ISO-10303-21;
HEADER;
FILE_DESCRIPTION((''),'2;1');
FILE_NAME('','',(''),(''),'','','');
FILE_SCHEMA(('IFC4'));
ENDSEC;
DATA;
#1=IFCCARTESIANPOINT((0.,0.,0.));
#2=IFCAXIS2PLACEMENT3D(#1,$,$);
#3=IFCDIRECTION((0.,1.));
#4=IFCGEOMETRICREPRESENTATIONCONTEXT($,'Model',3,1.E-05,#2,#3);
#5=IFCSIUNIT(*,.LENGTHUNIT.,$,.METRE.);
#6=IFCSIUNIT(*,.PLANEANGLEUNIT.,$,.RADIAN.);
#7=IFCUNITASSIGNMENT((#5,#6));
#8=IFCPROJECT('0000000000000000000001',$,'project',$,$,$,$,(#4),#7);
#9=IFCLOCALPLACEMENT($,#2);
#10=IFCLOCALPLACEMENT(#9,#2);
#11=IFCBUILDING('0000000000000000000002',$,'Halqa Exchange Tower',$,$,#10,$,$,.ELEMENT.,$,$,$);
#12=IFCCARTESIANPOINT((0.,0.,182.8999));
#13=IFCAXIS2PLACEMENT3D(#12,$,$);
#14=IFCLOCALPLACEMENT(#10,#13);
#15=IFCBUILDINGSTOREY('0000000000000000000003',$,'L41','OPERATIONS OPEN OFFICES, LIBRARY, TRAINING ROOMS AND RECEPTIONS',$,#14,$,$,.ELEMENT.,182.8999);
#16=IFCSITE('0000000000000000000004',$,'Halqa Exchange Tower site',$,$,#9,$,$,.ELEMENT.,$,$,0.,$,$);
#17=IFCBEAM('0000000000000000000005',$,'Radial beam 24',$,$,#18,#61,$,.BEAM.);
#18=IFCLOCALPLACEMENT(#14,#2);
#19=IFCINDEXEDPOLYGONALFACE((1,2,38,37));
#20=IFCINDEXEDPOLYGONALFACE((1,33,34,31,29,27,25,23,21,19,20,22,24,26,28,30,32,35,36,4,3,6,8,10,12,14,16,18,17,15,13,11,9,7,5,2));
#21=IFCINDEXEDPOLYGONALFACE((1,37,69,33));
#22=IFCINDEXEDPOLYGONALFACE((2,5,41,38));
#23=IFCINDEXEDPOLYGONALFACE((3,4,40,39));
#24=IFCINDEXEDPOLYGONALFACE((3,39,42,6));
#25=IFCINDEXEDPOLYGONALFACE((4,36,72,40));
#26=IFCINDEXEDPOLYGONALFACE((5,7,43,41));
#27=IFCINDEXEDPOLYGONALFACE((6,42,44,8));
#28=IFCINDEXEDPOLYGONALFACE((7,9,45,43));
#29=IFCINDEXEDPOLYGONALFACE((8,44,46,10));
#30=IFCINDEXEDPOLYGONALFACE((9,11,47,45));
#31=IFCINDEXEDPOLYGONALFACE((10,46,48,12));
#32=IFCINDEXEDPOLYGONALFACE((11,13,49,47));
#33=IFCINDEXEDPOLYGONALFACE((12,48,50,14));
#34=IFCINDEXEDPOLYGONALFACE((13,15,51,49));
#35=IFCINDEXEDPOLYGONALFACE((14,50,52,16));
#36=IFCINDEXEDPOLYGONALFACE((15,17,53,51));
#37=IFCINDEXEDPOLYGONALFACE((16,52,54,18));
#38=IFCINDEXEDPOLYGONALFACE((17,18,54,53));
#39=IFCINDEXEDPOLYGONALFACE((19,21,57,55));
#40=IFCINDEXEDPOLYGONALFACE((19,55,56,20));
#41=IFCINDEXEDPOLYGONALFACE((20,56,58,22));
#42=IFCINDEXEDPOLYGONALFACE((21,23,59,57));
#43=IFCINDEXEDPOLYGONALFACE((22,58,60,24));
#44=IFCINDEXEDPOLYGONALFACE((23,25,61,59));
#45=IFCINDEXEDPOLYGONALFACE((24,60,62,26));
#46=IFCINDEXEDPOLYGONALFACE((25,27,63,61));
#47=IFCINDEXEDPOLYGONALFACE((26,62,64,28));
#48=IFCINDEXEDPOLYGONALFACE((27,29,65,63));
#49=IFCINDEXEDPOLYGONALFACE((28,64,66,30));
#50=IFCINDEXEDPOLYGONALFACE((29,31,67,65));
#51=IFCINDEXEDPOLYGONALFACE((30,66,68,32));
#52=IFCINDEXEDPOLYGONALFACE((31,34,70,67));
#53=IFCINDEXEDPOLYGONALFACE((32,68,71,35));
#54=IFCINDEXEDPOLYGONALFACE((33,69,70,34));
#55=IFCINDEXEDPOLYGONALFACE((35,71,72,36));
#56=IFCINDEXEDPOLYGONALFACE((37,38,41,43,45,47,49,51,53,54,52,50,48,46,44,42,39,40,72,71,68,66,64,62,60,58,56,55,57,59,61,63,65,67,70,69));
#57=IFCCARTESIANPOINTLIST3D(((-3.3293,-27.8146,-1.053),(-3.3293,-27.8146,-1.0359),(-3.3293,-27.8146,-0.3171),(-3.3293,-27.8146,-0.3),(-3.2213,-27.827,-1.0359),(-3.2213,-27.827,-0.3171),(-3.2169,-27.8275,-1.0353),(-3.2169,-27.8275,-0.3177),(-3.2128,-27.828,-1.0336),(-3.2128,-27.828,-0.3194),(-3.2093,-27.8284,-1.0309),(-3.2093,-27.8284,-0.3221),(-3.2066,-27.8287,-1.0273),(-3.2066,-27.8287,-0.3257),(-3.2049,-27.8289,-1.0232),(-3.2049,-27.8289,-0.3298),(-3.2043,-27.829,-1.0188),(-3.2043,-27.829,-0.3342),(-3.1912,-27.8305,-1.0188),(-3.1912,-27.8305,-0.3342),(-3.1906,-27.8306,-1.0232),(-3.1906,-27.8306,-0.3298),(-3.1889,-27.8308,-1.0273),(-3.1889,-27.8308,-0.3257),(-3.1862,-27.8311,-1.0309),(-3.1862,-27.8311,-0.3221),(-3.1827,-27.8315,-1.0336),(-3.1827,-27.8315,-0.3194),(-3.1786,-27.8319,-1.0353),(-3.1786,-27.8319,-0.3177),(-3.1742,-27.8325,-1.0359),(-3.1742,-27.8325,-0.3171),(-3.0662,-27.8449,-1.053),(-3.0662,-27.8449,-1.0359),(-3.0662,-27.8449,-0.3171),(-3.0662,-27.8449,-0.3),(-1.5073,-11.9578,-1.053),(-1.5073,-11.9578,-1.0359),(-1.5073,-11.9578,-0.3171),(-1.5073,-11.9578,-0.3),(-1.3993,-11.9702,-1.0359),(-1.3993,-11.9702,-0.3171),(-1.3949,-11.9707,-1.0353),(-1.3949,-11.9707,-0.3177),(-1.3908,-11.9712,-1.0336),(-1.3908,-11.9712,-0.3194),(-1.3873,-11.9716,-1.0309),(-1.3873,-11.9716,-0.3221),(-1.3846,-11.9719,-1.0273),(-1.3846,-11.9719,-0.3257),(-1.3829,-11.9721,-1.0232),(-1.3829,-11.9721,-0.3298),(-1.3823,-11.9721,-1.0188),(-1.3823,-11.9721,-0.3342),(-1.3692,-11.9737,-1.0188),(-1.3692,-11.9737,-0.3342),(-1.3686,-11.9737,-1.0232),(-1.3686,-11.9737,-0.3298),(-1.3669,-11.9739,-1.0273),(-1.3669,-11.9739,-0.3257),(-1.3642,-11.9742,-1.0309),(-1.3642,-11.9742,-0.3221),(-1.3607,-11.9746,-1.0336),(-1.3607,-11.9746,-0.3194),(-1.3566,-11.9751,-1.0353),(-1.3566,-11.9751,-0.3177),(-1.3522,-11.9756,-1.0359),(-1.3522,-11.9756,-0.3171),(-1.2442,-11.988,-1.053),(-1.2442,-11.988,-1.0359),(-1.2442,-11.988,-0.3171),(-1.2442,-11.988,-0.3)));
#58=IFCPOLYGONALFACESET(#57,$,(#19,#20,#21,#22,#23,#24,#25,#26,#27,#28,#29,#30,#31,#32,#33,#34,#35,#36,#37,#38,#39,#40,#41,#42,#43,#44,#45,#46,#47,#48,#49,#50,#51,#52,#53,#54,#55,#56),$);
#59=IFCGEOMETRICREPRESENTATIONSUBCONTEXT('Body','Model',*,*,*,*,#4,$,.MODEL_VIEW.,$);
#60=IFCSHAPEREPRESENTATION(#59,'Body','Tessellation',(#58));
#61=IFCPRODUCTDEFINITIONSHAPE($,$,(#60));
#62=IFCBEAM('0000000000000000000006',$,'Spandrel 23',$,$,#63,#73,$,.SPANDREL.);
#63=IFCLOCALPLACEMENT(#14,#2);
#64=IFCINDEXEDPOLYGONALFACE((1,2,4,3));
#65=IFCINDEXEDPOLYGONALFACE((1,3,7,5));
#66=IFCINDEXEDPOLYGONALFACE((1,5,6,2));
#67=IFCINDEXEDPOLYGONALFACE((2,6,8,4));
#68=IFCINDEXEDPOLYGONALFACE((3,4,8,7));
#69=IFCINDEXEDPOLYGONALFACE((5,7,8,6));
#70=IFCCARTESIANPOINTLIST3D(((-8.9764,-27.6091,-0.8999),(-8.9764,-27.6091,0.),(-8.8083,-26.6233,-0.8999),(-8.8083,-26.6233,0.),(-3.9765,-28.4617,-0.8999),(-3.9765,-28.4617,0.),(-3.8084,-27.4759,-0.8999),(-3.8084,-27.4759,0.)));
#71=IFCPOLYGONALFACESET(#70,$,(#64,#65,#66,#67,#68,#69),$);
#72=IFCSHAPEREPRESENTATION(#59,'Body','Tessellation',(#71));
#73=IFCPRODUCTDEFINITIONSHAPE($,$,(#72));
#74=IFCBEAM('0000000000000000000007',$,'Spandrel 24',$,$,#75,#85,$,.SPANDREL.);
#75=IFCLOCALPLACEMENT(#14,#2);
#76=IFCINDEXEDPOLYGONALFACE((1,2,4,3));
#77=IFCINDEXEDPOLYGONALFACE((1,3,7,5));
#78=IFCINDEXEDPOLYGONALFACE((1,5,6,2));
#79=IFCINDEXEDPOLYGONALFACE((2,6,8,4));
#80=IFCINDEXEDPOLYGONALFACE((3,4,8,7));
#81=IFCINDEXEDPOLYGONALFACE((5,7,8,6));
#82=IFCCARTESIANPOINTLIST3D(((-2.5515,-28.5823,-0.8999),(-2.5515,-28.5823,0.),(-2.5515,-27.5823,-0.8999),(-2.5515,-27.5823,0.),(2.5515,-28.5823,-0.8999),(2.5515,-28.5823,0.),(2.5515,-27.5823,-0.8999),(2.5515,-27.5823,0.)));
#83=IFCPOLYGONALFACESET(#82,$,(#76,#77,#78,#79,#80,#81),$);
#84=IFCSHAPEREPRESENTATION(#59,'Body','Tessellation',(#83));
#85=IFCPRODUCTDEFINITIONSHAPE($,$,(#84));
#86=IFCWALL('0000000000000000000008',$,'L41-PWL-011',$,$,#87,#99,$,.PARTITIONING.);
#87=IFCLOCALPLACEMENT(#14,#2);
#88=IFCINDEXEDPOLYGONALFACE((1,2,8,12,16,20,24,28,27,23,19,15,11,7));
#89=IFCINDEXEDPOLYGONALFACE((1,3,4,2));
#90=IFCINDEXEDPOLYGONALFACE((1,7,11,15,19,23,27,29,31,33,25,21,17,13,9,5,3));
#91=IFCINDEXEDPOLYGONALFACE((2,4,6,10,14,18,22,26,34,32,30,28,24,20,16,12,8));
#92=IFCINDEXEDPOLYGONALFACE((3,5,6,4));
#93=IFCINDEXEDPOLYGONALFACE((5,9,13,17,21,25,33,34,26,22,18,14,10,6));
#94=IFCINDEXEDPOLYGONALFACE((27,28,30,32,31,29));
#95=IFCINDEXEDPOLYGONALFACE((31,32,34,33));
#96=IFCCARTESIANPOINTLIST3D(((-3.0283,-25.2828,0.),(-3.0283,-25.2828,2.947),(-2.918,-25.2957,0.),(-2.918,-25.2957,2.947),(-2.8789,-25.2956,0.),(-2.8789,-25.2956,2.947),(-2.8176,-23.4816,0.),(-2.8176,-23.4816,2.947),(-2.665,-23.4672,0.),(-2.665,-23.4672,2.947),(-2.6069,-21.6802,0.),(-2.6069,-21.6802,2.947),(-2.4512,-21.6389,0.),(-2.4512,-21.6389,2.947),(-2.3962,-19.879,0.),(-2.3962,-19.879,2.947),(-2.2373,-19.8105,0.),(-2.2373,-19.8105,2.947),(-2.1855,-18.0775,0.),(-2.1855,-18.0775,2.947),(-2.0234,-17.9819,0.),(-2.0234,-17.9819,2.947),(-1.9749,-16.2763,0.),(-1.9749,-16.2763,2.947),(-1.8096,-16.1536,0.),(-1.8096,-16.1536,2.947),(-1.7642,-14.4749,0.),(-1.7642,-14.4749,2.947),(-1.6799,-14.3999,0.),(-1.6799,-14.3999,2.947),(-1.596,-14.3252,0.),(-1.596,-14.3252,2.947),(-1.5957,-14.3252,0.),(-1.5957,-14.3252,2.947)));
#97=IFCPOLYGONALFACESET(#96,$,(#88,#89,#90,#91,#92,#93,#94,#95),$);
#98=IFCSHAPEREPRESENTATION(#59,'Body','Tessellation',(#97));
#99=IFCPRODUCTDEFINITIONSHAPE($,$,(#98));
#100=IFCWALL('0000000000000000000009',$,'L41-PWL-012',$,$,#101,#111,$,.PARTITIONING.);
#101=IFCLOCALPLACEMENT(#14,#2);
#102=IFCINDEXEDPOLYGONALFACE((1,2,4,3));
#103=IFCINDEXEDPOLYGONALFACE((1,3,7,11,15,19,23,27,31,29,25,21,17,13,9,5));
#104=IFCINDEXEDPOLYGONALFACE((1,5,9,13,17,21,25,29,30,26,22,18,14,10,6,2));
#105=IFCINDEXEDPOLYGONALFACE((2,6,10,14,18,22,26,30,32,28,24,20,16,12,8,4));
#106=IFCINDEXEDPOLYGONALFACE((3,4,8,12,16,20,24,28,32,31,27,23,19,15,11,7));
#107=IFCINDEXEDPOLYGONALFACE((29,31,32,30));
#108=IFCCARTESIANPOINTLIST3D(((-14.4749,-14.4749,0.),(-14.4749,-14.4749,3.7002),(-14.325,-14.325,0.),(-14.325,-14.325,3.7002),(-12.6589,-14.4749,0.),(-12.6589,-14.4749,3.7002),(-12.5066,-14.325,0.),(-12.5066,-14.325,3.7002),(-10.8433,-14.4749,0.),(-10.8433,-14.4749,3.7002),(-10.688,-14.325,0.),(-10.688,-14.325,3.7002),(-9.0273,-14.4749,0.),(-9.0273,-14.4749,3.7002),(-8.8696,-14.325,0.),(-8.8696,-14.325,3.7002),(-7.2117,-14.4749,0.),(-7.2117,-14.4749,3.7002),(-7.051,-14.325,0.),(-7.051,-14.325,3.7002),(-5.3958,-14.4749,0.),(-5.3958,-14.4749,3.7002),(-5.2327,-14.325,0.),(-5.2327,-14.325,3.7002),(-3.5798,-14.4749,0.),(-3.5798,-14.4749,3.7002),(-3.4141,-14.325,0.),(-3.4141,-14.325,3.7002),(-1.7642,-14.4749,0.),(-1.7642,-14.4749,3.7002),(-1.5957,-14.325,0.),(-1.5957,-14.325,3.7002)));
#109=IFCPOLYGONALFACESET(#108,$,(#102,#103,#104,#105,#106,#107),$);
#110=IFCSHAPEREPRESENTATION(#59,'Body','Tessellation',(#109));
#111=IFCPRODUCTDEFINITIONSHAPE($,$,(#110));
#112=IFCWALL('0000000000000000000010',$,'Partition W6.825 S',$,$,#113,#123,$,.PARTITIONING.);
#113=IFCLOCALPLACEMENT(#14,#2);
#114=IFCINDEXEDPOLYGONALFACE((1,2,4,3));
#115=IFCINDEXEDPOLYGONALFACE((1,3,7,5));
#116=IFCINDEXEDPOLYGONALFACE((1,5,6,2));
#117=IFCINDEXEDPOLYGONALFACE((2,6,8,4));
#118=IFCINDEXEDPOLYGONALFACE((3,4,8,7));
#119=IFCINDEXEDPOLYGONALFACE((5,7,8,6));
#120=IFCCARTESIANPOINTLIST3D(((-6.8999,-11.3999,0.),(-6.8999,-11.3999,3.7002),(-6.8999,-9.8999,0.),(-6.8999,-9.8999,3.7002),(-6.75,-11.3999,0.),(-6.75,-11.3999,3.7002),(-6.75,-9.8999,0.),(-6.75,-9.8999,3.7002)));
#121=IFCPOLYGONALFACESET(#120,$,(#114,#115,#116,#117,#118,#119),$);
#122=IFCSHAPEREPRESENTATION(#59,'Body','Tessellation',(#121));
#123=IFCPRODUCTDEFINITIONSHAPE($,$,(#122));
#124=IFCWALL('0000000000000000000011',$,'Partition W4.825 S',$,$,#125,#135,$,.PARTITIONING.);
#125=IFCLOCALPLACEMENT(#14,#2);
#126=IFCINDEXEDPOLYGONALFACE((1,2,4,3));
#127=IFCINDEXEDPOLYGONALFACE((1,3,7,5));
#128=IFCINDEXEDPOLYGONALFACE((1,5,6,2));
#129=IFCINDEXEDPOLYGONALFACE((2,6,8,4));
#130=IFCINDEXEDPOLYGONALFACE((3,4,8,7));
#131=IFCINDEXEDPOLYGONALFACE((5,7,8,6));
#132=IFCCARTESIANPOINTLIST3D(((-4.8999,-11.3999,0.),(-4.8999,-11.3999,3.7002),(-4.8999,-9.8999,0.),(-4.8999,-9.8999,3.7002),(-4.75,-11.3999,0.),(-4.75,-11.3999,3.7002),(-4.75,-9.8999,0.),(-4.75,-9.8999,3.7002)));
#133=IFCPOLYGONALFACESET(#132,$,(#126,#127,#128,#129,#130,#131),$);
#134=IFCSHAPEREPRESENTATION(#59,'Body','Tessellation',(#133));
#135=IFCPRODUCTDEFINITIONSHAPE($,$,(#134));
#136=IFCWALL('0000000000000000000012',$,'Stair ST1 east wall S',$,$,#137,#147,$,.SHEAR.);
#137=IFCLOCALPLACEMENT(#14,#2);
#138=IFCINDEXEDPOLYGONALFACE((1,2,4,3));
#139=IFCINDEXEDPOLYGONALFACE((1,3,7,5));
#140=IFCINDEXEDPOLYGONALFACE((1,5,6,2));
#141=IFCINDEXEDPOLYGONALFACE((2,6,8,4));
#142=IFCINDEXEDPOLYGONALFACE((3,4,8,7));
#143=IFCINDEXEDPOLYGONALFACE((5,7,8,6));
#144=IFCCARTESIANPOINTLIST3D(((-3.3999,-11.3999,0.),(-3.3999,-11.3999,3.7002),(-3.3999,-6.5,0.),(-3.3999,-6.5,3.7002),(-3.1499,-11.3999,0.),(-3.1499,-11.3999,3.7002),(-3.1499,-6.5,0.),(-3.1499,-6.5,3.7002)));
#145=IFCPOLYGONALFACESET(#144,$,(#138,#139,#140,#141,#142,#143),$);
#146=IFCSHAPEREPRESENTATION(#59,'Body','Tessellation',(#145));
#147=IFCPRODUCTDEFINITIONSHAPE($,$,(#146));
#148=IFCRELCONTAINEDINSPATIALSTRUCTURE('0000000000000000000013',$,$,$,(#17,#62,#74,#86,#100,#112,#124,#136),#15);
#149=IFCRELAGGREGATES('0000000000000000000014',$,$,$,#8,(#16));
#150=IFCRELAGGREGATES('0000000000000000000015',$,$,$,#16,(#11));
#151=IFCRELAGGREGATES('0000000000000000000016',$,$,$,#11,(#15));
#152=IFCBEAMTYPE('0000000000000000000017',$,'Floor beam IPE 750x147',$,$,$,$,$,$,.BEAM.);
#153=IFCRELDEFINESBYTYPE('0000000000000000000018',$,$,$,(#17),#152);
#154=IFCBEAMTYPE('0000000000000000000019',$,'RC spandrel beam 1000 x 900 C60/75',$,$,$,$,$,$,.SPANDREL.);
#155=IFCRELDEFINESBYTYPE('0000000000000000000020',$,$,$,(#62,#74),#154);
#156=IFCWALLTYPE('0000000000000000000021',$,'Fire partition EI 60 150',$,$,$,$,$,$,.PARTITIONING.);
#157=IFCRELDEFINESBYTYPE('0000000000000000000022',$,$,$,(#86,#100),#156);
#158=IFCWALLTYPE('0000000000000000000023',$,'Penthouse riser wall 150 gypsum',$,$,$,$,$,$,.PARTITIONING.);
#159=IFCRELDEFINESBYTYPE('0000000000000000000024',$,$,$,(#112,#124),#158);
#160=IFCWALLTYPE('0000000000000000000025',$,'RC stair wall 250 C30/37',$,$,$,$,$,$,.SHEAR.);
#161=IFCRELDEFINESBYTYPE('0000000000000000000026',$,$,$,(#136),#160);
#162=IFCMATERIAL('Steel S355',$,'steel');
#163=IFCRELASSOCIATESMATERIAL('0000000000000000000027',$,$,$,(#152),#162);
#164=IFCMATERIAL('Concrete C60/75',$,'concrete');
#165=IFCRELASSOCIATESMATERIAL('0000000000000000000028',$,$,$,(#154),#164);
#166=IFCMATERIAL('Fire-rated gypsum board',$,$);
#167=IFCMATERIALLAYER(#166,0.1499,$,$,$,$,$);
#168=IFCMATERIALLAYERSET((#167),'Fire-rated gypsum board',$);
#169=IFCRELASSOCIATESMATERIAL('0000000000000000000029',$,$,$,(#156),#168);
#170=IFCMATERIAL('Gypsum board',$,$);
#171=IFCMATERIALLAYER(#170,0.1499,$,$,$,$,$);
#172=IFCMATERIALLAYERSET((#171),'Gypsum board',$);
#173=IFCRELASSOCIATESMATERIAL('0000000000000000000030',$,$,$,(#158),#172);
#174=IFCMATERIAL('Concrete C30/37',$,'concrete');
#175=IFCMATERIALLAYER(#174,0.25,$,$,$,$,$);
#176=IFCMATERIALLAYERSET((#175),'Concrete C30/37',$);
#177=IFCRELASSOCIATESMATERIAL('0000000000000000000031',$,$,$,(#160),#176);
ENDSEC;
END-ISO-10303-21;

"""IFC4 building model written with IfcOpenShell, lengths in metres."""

from ifc_helpers import new_model, si_unit, direction, frame, frame_2d, origin, origin_2d, place, context, subcontext, project, spatial, polyline, rectangle, i_section, outline, extrude, material, layer, layer_set, material_profile, profile_set, type_object, element, save


model = new_model("IFC4")

# Units and contexts
model_context = context("Model", 3, precision=1e-05, world=origin(), true_north=direction((0.0, 1.0)))
body_context = subcontext(model_context, "Body", "Model", "MODEL_VIEW")
ifc_project = project(units=[si_unit("LENGTHUNIT", "METRE"), si_unit("PLANEANGLEUNIT", "RADIAN")], contexts=[model_context])

# Site, building, storey
site_placement = place(None, origin())
site = spatial("IfcSite", under=ifc_project, at=site_placement, Name="Halqa Exchange Tower site", CompositionType="ELEMENT", RefElevation=0.0)
building_placement = place(site_placement, origin())
building = spatial("IfcBuilding", under=site, at=building_placement, Name="Halqa Exchange Tower", CompositionType="ELEMENT")
storey_placement = place(building_placement, frame((0.0, 0.0, 182.8999)))
storey = spatial("IfcBuildingStorey", under=building, at=storey_placement, Name="L41", Description="OPERATIONS OPEN OFFICES, LIBRARY, TRAINING ROOMS AND RECEPTIONS", CompositionType="ELEMENT", Elevation=182.8999)

# Beams
ifc_material_1 = material(Name="Steel S355", Category="steel")
ifc_material_profile_1 = material_profile(ifc_material_1, i_section(OverallWidth=0.2649, OverallDepth=0.7529, WebThickness=0.0132, FlangeThickness=0.0171, FilletRadius=0.0171, at=origin_2d()), Name="IPE 750x147")
ifc_profile_set_1 = profile_set([ifc_material_profile_1], Name="Steel S355")
beam_type_1 = type_object("IfcBeamType", Name="Floor beam IPE 750x147", PredefinedType="BEAM", material=ifc_profile_set_1)
beam_1_placement = place(storey_placement, frame((-1.3757, -11.9729, -0.6765), z_axis=(-0.114153, -0.993463, 0.0), x_axis=(0.993463, -0.114153, 0.0)))
element("IfcBeam", 1, at=beam_1_placement, inside=storey, type_object=beam_type_1, Name="Radial beam 24", PredefinedType="BEAM", context=body_context, shape_type="SweptSolid", body=[
    extrude(i_section(OverallWidth=0.2649, OverallDepth=0.7529, WebThickness=0.0132, FlangeThickness=0.0171, FilletRadius=0.0171, at=origin_2d()), origin(), (0.0, 0.0, 1.0), 15.9612),
])
ifc_material_2 = material(Name="Concrete C60/75", Category="concrete")
ifc_material_profile_2 = material_profile(ifc_material_2, rectangle(XDim=1.0, YDim=0.8999, at=origin_2d()), Name="1000 x 900")
ifc_profile_set_2 = profile_set([ifc_material_profile_2], Name="Concrete C60/75")
beam_type_2 = type_object("IfcBeamType", Name="RC spandrel beam 1000 x 900 C60/75", PredefinedType="SPANDREL", material=ifc_profile_set_2)
beam_2_placement = place(storey_placement, frame((-8.8923, -27.1162, -0.45), z_axis=(0.985772, -0.16809, 0.0), x_axis=(0.16809, 0.985772, 0.0)))
element("IfcBeam", 2, at=beam_2_placement, inside=storey, type_object=beam_type_2, Name="Spandrel 23", PredefinedType="SPANDREL", context=body_context, shape_type="SweptSolid", body=[
    extrude(rectangle(XDim=1.0, YDim=0.8999, at=origin_2d()), origin(), (0.0, 0.0, 1.0), 5.072),
])
beam_3_placement = place(storey_placement, frame((-2.5515, -28.0823, -0.45), z_axis=(1.0, 0.0, 0.0), x_axis=(0.0, 1.0, 0.0)))
element("IfcBeam", 3, at=beam_3_placement, inside=storey, type_object=beam_type_2, Name="Spandrel 24", PredefinedType="SPANDREL", context=body_context, shape_type="SweptSolid", body=[
    extrude(rectangle(XDim=1.0, YDim=0.8999, at=origin_2d()), origin(), (0.0, 0.0, 1.0), 5.103),
])

# Walls
ifc_material_3 = material(Name="Fire-rated gypsum board")
ifc_layer_1 = layer(ifc_material_3, 0.1499)
ifc_layer_set_1 = layer_set([ifc_layer_1], Name="Fire-rated gypsum board")
wall_type_1 = type_object("IfcWallType", Name="Fire partition EI 60 150", PredefinedType="PARTITIONING", material=ifc_layer_set_1)
wall_1_placement = place(storey_placement, frame((-2.9539, -25.2915, 0.0), z_axis=(0.0, 0.0, 1.0), x_axis=(0.116172, 0.993229, 0.0)))
element("IfcWall", 4, at=wall_1_placement, inside=storey, type_object=wall_type_1, Name="L41-PWL-011", PredefinedType="PARTITIONING", context=body_context, shape_type="SweptSolid", body=[
    extrude(outline(polyline([(11.0498, -0.075), (11.0498, -0.0747), (10.9658, 0.0), (10.8816, 0.075), (9.0679, 0.075), (7.2544, 0.075), (5.4407, 0.075), (3.6272, 0.075), (1.8135, 0.075), (0.0, 0.075), (0.0, -0.0361), (0.0046, -0.075), (1.8455, -0.075), (3.6863, -0.075), (5.5271, -0.075), (7.3682, -0.075), (9.209, -0.075), (11.0498, -0.075)])), origin(), (0.0, 0.0, 1.0), 2.947),
])
wall_2_placement = place(storey_placement, frame((-1.5957, -14.3999, 0.0), z_axis=(0.0, 0.0, 1.0), x_axis=(-1.0, 0.0, 0.0)))
element("IfcWall", 5, at=wall_2_placement, inside=storey, type_object=wall_type_1, Name="L41-PWL-012", PredefinedType="PARTITIONING", context=body_context, shape_type="SweptSolid", body=[
    extrude(outline(polyline([(0.0, -0.075), (1.8184, -0.075), (3.637, -0.075), (5.4553, -0.075), (7.2739, -0.075), (9.0923, -0.075), (10.9109, -0.075), (12.7292, -0.075), (12.8792, 0.075), (11.0632, 0.075), (9.2476, 0.075), (7.4316, 0.075), (5.616, 0.075), (3.8, 0.075), (1.9841, 0.075), (0.1685, 0.075), (0.0, -0.075), (0.0, -0.075)])), origin(), (0.0, 0.0, 1.0), 3.7002),
])
ifc_material_4 = material(Name="Gypsum board")
ifc_layer_2 = layer(ifc_material_4, 0.1499)
ifc_layer_set_2 = layer_set([ifc_layer_2], Name="Gypsum board")
wall_type_2 = type_object("IfcWallType", Name="Penthouse riser wall 150 gypsum", PredefinedType="PARTITIONING", material=ifc_layer_set_2)
for number, where, z_axis, x_axis, name in (
    (6, (-6.825, -11.3999, 0.0), (0.0, 0.0, 1.0), (0.0, 1.0, 0.0), "Partition W6.825 S"),
    (7, (-4.825, -11.3999, 0.0), (0.0, 0.0, 1.0), (0.0, 1.0, 0.0), "Partition W4.825 S"),
):
    element("IfcWall", number, at=place(storey_placement, frame(where, z_axis=z_axis, x_axis=x_axis)), inside=storey, type_object=wall_type_2, Name=name, PredefinedType="PARTITIONING", context=body_context, shape_type="SweptSolid", body=[
        extrude(rectangle(XDim=1.5, YDim=0.1499, at=frame_2d((0.75, 0.0))), origin(), (0.0, 0.0, 1.0), 3.7002),
    ])
ifc_material_5 = material(Name="Concrete C30/37", Category="concrete")
ifc_layer_3 = layer(ifc_material_5, 0.25)
ifc_layer_set_3 = layer_set([ifc_layer_3], Name="Concrete C30/37")
wall_type_3 = type_object("IfcWallType", Name="RC stair wall 250 C30/37", PredefinedType="SHEAR", material=ifc_layer_set_3)
wall_3_placement = place(storey_placement, frame((-3.2749, -11.3999, 0.0), z_axis=(0.0, 0.0, 1.0), x_axis=(0.0, 1.0, 0.0)))
element("IfcWall", 8, at=wall_3_placement, inside=storey, type_object=wall_type_3, Name="Stair ST1 east wall S", PredefinedType="SHEAR", context=body_context, shape_type="SweptSolid", body=[
    extrude(rectangle(XDim=4.8999, YDim=0.25, at=frame_2d((2.45, 0.0))), origin(), (0.0, 0.0, 1.0), 3.7002),
])

save(model, "model.ifc")
